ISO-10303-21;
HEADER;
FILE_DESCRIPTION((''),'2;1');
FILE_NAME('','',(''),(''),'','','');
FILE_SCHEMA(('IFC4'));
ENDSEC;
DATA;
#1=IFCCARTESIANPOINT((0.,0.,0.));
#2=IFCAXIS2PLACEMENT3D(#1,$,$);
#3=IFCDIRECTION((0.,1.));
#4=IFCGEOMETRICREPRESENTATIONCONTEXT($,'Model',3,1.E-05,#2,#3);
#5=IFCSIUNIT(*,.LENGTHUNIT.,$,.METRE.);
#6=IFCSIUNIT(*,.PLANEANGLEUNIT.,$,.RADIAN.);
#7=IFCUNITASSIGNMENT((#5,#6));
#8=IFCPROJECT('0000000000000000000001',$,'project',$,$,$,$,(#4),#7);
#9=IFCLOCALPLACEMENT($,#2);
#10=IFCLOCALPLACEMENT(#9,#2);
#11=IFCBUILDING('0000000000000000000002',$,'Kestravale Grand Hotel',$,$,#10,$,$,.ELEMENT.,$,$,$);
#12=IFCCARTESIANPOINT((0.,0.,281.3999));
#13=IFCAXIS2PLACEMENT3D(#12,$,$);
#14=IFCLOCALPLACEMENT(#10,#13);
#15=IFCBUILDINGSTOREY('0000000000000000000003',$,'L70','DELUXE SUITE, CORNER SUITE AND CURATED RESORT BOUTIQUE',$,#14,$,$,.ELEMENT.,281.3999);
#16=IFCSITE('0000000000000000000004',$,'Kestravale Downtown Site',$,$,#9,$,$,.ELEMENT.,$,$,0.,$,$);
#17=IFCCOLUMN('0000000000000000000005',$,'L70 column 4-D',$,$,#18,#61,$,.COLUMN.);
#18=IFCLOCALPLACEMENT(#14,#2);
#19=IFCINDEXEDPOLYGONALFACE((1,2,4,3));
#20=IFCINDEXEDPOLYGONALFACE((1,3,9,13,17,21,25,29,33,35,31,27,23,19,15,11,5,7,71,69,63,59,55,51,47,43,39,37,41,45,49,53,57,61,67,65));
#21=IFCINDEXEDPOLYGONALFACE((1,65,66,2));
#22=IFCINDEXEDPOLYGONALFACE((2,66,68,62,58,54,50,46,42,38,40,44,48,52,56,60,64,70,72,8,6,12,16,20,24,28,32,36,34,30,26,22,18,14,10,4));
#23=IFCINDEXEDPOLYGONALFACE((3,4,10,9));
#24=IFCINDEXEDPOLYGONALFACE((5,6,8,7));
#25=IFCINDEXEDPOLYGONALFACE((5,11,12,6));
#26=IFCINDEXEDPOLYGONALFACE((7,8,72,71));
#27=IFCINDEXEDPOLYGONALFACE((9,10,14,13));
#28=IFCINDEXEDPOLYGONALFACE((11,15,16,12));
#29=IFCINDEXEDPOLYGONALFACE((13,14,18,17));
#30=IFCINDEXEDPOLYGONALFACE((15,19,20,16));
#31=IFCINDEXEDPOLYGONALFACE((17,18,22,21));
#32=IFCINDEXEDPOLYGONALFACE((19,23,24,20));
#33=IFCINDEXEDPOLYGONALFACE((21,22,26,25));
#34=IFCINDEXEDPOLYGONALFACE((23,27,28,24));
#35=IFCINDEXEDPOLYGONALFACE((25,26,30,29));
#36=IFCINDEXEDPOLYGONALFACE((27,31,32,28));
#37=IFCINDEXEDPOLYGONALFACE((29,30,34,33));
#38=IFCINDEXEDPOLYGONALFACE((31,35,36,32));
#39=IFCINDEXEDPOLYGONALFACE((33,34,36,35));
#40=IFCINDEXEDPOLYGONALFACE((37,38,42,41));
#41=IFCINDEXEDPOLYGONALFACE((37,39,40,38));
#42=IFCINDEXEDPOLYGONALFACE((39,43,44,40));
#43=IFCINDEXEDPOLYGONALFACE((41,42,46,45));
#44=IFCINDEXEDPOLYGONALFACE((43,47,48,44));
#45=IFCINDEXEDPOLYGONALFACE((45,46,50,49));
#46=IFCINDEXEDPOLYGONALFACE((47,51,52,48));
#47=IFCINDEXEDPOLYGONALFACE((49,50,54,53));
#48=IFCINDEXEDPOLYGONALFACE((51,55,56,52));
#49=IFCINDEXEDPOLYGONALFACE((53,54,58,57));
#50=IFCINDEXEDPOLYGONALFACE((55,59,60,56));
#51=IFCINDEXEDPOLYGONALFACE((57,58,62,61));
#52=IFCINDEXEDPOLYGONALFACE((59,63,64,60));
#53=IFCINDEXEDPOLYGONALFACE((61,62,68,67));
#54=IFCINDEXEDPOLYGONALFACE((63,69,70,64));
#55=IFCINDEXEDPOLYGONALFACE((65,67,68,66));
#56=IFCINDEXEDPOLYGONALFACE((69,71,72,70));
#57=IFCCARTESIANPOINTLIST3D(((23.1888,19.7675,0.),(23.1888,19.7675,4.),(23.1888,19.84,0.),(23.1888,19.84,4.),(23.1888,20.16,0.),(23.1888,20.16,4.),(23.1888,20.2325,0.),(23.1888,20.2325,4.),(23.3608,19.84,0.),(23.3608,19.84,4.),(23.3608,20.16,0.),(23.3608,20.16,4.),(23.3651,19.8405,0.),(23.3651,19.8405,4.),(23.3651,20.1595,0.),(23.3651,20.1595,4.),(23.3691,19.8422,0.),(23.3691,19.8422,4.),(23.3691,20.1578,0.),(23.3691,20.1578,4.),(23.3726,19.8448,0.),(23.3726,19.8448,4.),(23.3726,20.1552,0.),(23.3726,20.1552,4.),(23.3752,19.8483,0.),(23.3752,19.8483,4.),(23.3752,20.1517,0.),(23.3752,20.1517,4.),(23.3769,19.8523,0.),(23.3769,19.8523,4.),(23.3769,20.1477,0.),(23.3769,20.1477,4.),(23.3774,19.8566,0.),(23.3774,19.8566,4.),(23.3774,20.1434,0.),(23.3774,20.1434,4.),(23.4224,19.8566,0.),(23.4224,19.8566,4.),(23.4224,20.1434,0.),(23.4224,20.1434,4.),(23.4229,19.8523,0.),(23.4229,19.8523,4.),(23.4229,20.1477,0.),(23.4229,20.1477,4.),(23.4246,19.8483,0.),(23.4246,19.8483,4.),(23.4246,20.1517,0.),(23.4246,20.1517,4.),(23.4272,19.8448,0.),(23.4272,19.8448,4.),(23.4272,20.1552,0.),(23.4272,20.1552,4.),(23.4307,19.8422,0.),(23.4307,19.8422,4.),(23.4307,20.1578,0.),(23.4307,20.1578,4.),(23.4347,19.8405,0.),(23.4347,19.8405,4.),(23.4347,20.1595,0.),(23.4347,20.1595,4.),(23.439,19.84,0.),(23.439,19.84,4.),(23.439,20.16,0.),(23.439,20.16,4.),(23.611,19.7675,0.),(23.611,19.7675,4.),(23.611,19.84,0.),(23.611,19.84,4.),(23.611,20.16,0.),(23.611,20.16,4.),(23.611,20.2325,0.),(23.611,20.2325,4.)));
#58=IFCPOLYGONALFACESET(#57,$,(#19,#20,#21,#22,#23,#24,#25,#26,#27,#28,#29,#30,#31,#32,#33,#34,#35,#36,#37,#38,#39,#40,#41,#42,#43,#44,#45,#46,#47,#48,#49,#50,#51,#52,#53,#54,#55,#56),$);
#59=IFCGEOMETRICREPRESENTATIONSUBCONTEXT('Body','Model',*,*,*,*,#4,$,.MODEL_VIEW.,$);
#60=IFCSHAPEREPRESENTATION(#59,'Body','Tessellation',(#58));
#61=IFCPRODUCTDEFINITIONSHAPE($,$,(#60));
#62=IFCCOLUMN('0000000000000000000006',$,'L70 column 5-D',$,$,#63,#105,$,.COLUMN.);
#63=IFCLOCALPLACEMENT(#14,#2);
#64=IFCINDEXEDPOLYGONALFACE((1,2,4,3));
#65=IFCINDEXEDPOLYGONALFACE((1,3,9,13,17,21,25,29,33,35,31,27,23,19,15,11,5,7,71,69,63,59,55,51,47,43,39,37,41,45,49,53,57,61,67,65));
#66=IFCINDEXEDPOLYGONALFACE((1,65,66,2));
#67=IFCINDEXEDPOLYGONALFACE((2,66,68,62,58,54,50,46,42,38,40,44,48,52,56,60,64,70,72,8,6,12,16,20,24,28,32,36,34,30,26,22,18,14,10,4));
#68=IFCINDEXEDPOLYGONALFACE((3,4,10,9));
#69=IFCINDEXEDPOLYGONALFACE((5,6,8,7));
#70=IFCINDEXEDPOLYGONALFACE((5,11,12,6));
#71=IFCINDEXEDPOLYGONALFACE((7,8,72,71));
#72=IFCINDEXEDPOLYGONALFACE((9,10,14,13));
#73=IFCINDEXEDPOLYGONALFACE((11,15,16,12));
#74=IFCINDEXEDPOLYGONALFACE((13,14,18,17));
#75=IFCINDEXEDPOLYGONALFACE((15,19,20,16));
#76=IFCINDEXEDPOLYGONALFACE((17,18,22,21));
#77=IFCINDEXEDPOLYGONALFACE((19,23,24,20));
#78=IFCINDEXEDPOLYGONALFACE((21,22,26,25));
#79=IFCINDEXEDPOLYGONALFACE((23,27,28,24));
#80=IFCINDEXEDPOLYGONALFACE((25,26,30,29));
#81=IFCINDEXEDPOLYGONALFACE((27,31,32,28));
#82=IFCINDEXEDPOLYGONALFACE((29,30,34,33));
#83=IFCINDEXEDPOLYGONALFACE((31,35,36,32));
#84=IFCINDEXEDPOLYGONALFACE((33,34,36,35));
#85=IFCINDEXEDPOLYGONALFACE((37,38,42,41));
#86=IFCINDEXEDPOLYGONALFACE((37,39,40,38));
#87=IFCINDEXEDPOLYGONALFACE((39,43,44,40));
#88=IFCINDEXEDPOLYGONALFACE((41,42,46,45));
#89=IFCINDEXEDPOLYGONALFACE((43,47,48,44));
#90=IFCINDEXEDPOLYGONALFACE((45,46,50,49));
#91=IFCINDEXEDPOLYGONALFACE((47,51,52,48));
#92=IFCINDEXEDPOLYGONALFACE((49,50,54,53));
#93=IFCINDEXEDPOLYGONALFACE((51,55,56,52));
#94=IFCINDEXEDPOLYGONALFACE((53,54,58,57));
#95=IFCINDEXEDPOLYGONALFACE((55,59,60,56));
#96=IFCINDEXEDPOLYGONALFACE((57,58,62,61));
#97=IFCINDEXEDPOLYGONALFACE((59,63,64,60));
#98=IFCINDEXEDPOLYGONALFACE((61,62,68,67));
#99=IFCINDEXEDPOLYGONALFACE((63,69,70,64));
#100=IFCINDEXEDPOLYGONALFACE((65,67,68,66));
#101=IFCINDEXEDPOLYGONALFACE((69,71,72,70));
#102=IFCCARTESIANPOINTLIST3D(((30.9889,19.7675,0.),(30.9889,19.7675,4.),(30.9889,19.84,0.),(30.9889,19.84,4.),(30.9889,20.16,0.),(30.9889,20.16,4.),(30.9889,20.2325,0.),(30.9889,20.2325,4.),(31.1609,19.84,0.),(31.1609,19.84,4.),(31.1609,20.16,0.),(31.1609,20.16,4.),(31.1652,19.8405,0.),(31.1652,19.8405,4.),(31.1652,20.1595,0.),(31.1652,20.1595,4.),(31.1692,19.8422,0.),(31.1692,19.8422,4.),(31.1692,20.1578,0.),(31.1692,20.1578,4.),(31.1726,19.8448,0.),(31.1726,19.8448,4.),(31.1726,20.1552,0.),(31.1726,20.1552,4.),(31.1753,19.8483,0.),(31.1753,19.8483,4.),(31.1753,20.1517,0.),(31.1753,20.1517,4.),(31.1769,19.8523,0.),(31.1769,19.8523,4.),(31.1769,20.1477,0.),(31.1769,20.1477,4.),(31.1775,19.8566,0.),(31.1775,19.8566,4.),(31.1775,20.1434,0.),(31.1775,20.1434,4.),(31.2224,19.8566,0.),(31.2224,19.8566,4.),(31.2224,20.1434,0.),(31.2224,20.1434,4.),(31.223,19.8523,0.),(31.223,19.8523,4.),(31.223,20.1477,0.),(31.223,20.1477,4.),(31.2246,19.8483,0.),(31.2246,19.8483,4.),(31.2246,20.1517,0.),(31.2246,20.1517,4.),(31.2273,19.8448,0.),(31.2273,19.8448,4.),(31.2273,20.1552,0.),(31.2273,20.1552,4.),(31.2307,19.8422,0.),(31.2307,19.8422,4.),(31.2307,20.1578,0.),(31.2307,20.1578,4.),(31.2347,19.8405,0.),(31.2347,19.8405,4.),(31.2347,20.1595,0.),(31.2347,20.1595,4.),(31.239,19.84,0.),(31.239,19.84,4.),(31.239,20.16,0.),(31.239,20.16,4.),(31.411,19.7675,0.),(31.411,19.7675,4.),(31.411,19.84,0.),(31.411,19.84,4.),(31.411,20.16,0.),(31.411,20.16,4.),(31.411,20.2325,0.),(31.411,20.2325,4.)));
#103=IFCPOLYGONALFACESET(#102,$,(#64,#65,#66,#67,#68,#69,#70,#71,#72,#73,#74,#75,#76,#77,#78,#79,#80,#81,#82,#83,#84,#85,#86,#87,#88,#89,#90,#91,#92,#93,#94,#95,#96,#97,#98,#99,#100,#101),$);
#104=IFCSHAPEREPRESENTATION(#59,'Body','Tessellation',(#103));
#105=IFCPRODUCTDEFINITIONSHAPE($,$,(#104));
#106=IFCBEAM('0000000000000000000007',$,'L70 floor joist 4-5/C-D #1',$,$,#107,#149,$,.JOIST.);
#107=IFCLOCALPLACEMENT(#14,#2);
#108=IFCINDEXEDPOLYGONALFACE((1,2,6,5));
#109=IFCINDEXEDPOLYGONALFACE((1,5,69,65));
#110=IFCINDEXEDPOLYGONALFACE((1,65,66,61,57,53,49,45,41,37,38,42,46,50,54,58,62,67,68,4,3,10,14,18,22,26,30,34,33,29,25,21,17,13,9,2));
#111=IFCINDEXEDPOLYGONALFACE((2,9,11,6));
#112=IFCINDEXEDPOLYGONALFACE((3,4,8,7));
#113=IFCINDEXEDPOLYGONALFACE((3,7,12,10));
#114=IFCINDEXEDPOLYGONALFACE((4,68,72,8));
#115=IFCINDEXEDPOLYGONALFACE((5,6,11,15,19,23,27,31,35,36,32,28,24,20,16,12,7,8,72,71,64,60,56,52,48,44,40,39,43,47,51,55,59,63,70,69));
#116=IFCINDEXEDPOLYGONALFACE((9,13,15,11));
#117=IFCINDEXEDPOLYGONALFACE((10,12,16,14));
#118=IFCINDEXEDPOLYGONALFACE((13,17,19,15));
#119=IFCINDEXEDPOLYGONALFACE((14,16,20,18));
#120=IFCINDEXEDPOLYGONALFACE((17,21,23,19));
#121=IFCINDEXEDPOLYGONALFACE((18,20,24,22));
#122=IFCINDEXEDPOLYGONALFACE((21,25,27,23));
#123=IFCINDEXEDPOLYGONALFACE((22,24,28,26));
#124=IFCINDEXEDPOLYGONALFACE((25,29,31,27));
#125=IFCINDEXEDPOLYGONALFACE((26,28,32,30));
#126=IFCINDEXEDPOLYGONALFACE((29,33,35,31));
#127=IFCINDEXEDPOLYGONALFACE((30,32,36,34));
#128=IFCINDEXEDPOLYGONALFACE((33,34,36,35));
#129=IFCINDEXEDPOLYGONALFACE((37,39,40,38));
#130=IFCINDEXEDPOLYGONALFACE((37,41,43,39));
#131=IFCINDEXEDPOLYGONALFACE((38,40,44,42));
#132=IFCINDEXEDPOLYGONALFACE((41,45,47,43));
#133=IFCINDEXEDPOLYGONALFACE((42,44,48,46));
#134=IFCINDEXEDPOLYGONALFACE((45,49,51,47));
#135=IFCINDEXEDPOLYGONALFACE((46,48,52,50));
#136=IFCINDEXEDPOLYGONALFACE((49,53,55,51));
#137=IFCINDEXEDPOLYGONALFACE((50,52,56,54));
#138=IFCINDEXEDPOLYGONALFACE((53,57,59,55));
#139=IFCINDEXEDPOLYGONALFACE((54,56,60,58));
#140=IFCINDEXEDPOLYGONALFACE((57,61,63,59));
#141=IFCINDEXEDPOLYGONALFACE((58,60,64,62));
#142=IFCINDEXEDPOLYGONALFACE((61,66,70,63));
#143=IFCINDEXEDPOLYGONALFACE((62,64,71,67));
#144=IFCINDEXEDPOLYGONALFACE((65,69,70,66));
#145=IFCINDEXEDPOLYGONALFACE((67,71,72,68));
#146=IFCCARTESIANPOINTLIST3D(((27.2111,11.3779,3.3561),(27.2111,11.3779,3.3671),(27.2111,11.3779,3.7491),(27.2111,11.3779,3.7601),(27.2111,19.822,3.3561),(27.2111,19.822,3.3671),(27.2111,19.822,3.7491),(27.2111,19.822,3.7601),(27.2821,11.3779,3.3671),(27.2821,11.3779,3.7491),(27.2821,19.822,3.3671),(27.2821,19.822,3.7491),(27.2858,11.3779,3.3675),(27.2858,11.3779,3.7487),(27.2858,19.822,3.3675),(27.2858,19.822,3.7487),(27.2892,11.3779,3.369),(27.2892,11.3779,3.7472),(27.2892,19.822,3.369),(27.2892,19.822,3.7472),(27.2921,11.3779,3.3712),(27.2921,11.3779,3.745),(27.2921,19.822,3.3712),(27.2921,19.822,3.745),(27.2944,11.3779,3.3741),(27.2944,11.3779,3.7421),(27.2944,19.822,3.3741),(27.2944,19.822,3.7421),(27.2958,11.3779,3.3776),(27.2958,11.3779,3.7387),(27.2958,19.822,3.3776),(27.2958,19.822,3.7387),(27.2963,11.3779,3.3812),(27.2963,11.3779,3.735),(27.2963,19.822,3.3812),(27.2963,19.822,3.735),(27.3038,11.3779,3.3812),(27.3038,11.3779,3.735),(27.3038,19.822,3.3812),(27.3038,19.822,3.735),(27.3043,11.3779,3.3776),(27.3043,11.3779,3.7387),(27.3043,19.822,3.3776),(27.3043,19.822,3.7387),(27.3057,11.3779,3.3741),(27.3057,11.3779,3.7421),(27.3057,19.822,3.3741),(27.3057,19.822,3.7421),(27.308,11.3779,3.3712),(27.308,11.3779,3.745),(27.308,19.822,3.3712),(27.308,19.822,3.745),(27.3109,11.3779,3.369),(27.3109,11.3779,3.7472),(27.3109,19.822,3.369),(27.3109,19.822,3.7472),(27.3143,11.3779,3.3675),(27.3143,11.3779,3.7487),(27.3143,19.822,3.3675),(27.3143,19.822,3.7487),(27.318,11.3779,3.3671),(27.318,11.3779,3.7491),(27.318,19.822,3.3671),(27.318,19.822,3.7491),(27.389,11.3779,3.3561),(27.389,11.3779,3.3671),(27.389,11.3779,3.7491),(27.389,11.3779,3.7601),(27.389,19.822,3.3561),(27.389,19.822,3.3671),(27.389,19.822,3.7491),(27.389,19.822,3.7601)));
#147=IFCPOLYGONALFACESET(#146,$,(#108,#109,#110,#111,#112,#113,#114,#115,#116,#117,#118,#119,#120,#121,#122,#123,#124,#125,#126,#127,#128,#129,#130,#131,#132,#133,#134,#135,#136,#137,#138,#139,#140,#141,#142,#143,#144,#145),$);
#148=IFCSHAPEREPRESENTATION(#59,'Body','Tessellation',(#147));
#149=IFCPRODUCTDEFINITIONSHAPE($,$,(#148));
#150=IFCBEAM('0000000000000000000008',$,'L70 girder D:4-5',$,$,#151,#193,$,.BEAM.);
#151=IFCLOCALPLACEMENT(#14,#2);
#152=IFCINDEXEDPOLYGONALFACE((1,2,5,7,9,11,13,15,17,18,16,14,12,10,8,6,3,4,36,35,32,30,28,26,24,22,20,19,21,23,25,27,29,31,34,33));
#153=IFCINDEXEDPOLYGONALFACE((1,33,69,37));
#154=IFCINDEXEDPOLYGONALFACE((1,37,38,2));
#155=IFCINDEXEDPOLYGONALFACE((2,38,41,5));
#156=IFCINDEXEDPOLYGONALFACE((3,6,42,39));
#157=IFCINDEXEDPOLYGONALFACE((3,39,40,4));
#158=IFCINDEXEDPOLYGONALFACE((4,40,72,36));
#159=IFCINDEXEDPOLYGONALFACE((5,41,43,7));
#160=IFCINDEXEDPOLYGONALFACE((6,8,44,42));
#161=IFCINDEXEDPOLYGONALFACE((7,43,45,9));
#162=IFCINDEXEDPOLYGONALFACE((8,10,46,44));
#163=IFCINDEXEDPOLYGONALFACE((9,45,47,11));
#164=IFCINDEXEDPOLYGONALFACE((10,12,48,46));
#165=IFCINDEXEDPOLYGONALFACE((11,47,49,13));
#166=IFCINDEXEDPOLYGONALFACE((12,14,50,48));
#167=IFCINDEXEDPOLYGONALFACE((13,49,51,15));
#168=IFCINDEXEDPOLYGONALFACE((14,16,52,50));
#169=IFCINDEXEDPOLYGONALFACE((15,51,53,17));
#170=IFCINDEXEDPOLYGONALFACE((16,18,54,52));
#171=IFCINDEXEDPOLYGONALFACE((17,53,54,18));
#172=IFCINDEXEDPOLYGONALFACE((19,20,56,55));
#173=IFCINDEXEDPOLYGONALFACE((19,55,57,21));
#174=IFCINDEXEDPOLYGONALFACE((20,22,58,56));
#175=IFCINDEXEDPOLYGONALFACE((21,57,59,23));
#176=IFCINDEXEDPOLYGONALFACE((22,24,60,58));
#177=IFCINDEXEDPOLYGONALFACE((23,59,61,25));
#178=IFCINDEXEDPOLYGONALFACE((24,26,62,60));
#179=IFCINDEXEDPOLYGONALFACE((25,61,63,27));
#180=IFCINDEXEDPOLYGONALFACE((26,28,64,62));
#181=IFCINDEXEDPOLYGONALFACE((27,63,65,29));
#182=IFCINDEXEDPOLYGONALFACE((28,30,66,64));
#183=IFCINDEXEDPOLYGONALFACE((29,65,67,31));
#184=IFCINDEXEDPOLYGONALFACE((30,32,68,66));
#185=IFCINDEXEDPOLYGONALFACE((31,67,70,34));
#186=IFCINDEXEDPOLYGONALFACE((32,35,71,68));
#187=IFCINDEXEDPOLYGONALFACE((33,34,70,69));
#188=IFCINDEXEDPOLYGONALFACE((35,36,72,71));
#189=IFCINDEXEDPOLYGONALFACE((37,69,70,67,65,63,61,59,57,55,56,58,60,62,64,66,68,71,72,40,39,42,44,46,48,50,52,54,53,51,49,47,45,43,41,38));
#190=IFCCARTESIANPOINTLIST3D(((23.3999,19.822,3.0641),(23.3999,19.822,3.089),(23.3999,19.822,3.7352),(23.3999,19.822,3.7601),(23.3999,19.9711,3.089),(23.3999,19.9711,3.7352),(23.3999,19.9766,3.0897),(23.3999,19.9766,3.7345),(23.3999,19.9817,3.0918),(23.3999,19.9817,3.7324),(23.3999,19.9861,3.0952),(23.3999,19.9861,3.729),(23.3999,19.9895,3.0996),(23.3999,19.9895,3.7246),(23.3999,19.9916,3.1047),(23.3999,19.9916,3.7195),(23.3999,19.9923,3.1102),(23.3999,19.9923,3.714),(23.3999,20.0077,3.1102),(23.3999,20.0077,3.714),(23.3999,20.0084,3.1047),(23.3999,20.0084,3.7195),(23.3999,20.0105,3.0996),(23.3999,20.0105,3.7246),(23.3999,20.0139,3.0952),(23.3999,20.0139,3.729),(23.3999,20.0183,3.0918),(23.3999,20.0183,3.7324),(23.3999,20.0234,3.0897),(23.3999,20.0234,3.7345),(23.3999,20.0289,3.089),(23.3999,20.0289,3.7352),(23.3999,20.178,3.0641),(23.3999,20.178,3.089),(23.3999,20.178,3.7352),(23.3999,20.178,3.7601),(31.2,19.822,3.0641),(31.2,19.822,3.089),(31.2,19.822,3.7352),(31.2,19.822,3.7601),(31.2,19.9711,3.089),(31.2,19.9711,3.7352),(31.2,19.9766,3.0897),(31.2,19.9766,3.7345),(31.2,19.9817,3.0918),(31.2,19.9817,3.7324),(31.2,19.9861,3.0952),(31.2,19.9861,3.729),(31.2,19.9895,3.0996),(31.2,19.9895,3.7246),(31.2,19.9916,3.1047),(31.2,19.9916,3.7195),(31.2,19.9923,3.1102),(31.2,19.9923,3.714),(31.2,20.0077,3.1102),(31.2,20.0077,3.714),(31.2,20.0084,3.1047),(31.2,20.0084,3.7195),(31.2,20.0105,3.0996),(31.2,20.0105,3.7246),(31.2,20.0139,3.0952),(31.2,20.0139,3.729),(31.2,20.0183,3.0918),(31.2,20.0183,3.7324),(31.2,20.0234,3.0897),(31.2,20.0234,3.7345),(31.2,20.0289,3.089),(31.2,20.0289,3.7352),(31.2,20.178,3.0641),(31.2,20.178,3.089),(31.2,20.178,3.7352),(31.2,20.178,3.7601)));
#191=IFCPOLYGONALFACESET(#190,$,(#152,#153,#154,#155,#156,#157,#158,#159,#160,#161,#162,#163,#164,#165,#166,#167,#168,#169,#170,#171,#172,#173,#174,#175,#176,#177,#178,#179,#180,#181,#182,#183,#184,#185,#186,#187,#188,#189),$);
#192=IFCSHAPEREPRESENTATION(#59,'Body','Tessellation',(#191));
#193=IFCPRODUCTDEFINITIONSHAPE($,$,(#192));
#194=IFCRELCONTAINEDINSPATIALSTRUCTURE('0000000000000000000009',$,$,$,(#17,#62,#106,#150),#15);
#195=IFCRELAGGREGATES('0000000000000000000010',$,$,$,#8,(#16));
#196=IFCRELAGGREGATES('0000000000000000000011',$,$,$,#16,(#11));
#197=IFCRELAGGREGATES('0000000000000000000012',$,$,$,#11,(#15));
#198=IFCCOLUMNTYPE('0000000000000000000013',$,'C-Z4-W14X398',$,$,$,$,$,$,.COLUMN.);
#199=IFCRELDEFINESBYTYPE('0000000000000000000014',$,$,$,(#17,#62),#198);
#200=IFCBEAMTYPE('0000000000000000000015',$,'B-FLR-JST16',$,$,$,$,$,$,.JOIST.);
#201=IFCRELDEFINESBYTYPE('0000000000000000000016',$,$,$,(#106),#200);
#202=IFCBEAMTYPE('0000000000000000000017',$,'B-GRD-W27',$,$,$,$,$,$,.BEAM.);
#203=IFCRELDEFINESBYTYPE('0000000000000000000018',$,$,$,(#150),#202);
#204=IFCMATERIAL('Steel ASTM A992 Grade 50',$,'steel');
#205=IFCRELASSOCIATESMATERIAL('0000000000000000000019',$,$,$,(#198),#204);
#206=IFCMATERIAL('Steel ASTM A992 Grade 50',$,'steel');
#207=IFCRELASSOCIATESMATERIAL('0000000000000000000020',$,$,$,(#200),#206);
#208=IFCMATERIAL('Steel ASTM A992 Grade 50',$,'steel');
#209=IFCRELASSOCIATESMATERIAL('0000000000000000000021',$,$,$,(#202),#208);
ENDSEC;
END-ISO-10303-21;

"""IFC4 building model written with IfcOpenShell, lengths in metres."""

from ifc_helpers import new_model, si_unit, direction, frame, origin, origin_2d, place, context, subcontext, project, spatial, i_section, extrude, material, material_profile, profile_set, type_object, element, save


model = new_model("IFC4")

# Units and contexts
model_context = context("Model", 3, precision=1e-05, world=origin(), true_north=direction((0.0, 1.0)))
body_context = subcontext(model_context, "Body", "Model", "MODEL_VIEW")
ifc_project = project(units=[si_unit("LENGTHUNIT", "METRE"), si_unit("PLANEANGLEUNIT", "RADIAN")], contexts=[model_context])

# Site, building, storey
site_placement = place(None, origin())
site = spatial("IfcSite", under=ifc_project, at=site_placement, Name="Kestravale Downtown Site", CompositionType="ELEMENT", RefElevation=0.0)
building_placement = place(site_placement, origin())
building = spatial("IfcBuilding", under=site, at=building_placement, Name="Kestravale Grand Hotel", CompositionType="ELEMENT")
storey_placement = place(building_placement, frame((0.0, 0.0, 281.3999)))
storey = spatial("IfcBuildingStorey", under=building, at=storey_placement, Name="L70", Description="DELUXE SUITE, CORNER SUITE AND CURATED RESORT BOUTIQUE", CompositionType="ELEMENT", Elevation=281.3999)

# Columns
ifc_material_1 = material(Name="Steel ASTM A992 Grade 50", Category="steel")
ifc_material_profile_1 = material_profile(ifc_material_1, i_section(OverallWidth=0.4221, OverallDepth=0.4651, WebThickness=0.0449, FlangeThickness=0.0725, FilletRadius=0.0166, at=origin_2d()))
ifc_profile_set_1 = profile_set([ifc_material_profile_1], Name="Steel ASTM A992 Grade 50")
column_type = type_object("IfcColumnType", Name="C-Z4-W14X398", PredefinedType="COLUMN", material=ifc_profile_set_1)
for number, where, z_axis, x_axis, name in (
    (1, (23.3999, 20.0, 0.0), (0.0, 0.0, 1.0), (1.0, 0.0, 0.0), "L70 column 4-D"),
    (2, (31.2, 20.0, 0.0), (0.0, 0.0, 1.0), (1.0, 0.0, 0.0), "L70 column 5-D"),
):
    element("IfcColumn", number, at=place(storey_placement, frame(where, z_axis=z_axis, x_axis=x_axis)), inside=storey, type_object=column_type, Name=name, PredefinedType="COLUMN", context=body_context, shape_type="SweptSolid", body=[
        extrude(i_section(OverallWidth=0.4221, OverallDepth=0.4651, WebThickness=0.0449, FlangeThickness=0.0725, FilletRadius=0.0166, at=origin_2d()), origin(), (0.0, 0.0, 1.0), 4.0),
    ])

# Beams
ifc_material_2 = material(Name="Steel ASTM A992 Grade 50", Category="steel")
ifc_material_profile_2 = material_profile(ifc_material_2, i_section(OverallWidth=0.178, OverallDepth=0.4041, WebThickness=0.0076, FlangeThickness=0.011, FilletRadius=0.0142, at=origin_2d()))
ifc_profile_set_2 = profile_set([ifc_material_profile_2], Name="Steel ASTM A992 Grade 50")
beam_type_1 = type_object("IfcBeamType", Name="B-FLR-JST16", PredefinedType="JOIST", material=ifc_profile_set_2)
beam_1_placement = place(storey_placement, frame((27.3, 11.3779, 3.5581), z_axis=(0.0, 1.0, 0.0), x_axis=(-1.0, 0.0, 0.0)))
element("IfcBeam", 3, at=beam_1_placement, inside=storey, type_object=beam_type_1, Name="L70 floor joist 4-5/C-D #1", PredefinedType="JOIST", context=body_context, shape_type="SweptSolid", body=[
    extrude(i_section(OverallWidth=0.178, OverallDepth=0.4041, WebThickness=0.0076, FlangeThickness=0.011, FilletRadius=0.0142, at=origin_2d()), origin(), (0.0, 0.0, 1.0), 8.4441),
])
ifc_material_3 = material(Name="Steel ASTM A992 Grade 50", Category="steel")
ifc_material_profile_3 = material_profile(ifc_material_3, i_section(OverallWidth=0.356, OverallDepth=0.696, WebThickness=0.0154, FlangeThickness=0.0249, FilletRadius=0.0212, at=origin_2d()))
ifc_profile_set_3 = profile_set([ifc_material_profile_3], Name="Steel ASTM A992 Grade 50")
beam_type_2 = type_object("IfcBeamType", Name="B-GRD-W27", PredefinedType="BEAM", material=ifc_profile_set_3)
beam_2_placement = place(storey_placement, frame((23.3999, 20.0, 3.4121), z_axis=(1.0, 0.0, 0.0), x_axis=(0.0, 1.0, 0.0)))
element("IfcBeam", 4, at=beam_2_placement, inside=storey, type_object=beam_type_2, Name="L70 girder D:4-5", PredefinedType="BEAM", context=body_context, shape_type="SweptSolid", body=[
    extrude(i_section(OverallWidth=0.356, OverallDepth=0.696, WebThickness=0.0154, FlangeThickness=0.0249, FilletRadius=0.0212, at=origin_2d()), origin(), (0.0, 0.0, 1.0), 7.8),
])

save(model, "model.ifc")
